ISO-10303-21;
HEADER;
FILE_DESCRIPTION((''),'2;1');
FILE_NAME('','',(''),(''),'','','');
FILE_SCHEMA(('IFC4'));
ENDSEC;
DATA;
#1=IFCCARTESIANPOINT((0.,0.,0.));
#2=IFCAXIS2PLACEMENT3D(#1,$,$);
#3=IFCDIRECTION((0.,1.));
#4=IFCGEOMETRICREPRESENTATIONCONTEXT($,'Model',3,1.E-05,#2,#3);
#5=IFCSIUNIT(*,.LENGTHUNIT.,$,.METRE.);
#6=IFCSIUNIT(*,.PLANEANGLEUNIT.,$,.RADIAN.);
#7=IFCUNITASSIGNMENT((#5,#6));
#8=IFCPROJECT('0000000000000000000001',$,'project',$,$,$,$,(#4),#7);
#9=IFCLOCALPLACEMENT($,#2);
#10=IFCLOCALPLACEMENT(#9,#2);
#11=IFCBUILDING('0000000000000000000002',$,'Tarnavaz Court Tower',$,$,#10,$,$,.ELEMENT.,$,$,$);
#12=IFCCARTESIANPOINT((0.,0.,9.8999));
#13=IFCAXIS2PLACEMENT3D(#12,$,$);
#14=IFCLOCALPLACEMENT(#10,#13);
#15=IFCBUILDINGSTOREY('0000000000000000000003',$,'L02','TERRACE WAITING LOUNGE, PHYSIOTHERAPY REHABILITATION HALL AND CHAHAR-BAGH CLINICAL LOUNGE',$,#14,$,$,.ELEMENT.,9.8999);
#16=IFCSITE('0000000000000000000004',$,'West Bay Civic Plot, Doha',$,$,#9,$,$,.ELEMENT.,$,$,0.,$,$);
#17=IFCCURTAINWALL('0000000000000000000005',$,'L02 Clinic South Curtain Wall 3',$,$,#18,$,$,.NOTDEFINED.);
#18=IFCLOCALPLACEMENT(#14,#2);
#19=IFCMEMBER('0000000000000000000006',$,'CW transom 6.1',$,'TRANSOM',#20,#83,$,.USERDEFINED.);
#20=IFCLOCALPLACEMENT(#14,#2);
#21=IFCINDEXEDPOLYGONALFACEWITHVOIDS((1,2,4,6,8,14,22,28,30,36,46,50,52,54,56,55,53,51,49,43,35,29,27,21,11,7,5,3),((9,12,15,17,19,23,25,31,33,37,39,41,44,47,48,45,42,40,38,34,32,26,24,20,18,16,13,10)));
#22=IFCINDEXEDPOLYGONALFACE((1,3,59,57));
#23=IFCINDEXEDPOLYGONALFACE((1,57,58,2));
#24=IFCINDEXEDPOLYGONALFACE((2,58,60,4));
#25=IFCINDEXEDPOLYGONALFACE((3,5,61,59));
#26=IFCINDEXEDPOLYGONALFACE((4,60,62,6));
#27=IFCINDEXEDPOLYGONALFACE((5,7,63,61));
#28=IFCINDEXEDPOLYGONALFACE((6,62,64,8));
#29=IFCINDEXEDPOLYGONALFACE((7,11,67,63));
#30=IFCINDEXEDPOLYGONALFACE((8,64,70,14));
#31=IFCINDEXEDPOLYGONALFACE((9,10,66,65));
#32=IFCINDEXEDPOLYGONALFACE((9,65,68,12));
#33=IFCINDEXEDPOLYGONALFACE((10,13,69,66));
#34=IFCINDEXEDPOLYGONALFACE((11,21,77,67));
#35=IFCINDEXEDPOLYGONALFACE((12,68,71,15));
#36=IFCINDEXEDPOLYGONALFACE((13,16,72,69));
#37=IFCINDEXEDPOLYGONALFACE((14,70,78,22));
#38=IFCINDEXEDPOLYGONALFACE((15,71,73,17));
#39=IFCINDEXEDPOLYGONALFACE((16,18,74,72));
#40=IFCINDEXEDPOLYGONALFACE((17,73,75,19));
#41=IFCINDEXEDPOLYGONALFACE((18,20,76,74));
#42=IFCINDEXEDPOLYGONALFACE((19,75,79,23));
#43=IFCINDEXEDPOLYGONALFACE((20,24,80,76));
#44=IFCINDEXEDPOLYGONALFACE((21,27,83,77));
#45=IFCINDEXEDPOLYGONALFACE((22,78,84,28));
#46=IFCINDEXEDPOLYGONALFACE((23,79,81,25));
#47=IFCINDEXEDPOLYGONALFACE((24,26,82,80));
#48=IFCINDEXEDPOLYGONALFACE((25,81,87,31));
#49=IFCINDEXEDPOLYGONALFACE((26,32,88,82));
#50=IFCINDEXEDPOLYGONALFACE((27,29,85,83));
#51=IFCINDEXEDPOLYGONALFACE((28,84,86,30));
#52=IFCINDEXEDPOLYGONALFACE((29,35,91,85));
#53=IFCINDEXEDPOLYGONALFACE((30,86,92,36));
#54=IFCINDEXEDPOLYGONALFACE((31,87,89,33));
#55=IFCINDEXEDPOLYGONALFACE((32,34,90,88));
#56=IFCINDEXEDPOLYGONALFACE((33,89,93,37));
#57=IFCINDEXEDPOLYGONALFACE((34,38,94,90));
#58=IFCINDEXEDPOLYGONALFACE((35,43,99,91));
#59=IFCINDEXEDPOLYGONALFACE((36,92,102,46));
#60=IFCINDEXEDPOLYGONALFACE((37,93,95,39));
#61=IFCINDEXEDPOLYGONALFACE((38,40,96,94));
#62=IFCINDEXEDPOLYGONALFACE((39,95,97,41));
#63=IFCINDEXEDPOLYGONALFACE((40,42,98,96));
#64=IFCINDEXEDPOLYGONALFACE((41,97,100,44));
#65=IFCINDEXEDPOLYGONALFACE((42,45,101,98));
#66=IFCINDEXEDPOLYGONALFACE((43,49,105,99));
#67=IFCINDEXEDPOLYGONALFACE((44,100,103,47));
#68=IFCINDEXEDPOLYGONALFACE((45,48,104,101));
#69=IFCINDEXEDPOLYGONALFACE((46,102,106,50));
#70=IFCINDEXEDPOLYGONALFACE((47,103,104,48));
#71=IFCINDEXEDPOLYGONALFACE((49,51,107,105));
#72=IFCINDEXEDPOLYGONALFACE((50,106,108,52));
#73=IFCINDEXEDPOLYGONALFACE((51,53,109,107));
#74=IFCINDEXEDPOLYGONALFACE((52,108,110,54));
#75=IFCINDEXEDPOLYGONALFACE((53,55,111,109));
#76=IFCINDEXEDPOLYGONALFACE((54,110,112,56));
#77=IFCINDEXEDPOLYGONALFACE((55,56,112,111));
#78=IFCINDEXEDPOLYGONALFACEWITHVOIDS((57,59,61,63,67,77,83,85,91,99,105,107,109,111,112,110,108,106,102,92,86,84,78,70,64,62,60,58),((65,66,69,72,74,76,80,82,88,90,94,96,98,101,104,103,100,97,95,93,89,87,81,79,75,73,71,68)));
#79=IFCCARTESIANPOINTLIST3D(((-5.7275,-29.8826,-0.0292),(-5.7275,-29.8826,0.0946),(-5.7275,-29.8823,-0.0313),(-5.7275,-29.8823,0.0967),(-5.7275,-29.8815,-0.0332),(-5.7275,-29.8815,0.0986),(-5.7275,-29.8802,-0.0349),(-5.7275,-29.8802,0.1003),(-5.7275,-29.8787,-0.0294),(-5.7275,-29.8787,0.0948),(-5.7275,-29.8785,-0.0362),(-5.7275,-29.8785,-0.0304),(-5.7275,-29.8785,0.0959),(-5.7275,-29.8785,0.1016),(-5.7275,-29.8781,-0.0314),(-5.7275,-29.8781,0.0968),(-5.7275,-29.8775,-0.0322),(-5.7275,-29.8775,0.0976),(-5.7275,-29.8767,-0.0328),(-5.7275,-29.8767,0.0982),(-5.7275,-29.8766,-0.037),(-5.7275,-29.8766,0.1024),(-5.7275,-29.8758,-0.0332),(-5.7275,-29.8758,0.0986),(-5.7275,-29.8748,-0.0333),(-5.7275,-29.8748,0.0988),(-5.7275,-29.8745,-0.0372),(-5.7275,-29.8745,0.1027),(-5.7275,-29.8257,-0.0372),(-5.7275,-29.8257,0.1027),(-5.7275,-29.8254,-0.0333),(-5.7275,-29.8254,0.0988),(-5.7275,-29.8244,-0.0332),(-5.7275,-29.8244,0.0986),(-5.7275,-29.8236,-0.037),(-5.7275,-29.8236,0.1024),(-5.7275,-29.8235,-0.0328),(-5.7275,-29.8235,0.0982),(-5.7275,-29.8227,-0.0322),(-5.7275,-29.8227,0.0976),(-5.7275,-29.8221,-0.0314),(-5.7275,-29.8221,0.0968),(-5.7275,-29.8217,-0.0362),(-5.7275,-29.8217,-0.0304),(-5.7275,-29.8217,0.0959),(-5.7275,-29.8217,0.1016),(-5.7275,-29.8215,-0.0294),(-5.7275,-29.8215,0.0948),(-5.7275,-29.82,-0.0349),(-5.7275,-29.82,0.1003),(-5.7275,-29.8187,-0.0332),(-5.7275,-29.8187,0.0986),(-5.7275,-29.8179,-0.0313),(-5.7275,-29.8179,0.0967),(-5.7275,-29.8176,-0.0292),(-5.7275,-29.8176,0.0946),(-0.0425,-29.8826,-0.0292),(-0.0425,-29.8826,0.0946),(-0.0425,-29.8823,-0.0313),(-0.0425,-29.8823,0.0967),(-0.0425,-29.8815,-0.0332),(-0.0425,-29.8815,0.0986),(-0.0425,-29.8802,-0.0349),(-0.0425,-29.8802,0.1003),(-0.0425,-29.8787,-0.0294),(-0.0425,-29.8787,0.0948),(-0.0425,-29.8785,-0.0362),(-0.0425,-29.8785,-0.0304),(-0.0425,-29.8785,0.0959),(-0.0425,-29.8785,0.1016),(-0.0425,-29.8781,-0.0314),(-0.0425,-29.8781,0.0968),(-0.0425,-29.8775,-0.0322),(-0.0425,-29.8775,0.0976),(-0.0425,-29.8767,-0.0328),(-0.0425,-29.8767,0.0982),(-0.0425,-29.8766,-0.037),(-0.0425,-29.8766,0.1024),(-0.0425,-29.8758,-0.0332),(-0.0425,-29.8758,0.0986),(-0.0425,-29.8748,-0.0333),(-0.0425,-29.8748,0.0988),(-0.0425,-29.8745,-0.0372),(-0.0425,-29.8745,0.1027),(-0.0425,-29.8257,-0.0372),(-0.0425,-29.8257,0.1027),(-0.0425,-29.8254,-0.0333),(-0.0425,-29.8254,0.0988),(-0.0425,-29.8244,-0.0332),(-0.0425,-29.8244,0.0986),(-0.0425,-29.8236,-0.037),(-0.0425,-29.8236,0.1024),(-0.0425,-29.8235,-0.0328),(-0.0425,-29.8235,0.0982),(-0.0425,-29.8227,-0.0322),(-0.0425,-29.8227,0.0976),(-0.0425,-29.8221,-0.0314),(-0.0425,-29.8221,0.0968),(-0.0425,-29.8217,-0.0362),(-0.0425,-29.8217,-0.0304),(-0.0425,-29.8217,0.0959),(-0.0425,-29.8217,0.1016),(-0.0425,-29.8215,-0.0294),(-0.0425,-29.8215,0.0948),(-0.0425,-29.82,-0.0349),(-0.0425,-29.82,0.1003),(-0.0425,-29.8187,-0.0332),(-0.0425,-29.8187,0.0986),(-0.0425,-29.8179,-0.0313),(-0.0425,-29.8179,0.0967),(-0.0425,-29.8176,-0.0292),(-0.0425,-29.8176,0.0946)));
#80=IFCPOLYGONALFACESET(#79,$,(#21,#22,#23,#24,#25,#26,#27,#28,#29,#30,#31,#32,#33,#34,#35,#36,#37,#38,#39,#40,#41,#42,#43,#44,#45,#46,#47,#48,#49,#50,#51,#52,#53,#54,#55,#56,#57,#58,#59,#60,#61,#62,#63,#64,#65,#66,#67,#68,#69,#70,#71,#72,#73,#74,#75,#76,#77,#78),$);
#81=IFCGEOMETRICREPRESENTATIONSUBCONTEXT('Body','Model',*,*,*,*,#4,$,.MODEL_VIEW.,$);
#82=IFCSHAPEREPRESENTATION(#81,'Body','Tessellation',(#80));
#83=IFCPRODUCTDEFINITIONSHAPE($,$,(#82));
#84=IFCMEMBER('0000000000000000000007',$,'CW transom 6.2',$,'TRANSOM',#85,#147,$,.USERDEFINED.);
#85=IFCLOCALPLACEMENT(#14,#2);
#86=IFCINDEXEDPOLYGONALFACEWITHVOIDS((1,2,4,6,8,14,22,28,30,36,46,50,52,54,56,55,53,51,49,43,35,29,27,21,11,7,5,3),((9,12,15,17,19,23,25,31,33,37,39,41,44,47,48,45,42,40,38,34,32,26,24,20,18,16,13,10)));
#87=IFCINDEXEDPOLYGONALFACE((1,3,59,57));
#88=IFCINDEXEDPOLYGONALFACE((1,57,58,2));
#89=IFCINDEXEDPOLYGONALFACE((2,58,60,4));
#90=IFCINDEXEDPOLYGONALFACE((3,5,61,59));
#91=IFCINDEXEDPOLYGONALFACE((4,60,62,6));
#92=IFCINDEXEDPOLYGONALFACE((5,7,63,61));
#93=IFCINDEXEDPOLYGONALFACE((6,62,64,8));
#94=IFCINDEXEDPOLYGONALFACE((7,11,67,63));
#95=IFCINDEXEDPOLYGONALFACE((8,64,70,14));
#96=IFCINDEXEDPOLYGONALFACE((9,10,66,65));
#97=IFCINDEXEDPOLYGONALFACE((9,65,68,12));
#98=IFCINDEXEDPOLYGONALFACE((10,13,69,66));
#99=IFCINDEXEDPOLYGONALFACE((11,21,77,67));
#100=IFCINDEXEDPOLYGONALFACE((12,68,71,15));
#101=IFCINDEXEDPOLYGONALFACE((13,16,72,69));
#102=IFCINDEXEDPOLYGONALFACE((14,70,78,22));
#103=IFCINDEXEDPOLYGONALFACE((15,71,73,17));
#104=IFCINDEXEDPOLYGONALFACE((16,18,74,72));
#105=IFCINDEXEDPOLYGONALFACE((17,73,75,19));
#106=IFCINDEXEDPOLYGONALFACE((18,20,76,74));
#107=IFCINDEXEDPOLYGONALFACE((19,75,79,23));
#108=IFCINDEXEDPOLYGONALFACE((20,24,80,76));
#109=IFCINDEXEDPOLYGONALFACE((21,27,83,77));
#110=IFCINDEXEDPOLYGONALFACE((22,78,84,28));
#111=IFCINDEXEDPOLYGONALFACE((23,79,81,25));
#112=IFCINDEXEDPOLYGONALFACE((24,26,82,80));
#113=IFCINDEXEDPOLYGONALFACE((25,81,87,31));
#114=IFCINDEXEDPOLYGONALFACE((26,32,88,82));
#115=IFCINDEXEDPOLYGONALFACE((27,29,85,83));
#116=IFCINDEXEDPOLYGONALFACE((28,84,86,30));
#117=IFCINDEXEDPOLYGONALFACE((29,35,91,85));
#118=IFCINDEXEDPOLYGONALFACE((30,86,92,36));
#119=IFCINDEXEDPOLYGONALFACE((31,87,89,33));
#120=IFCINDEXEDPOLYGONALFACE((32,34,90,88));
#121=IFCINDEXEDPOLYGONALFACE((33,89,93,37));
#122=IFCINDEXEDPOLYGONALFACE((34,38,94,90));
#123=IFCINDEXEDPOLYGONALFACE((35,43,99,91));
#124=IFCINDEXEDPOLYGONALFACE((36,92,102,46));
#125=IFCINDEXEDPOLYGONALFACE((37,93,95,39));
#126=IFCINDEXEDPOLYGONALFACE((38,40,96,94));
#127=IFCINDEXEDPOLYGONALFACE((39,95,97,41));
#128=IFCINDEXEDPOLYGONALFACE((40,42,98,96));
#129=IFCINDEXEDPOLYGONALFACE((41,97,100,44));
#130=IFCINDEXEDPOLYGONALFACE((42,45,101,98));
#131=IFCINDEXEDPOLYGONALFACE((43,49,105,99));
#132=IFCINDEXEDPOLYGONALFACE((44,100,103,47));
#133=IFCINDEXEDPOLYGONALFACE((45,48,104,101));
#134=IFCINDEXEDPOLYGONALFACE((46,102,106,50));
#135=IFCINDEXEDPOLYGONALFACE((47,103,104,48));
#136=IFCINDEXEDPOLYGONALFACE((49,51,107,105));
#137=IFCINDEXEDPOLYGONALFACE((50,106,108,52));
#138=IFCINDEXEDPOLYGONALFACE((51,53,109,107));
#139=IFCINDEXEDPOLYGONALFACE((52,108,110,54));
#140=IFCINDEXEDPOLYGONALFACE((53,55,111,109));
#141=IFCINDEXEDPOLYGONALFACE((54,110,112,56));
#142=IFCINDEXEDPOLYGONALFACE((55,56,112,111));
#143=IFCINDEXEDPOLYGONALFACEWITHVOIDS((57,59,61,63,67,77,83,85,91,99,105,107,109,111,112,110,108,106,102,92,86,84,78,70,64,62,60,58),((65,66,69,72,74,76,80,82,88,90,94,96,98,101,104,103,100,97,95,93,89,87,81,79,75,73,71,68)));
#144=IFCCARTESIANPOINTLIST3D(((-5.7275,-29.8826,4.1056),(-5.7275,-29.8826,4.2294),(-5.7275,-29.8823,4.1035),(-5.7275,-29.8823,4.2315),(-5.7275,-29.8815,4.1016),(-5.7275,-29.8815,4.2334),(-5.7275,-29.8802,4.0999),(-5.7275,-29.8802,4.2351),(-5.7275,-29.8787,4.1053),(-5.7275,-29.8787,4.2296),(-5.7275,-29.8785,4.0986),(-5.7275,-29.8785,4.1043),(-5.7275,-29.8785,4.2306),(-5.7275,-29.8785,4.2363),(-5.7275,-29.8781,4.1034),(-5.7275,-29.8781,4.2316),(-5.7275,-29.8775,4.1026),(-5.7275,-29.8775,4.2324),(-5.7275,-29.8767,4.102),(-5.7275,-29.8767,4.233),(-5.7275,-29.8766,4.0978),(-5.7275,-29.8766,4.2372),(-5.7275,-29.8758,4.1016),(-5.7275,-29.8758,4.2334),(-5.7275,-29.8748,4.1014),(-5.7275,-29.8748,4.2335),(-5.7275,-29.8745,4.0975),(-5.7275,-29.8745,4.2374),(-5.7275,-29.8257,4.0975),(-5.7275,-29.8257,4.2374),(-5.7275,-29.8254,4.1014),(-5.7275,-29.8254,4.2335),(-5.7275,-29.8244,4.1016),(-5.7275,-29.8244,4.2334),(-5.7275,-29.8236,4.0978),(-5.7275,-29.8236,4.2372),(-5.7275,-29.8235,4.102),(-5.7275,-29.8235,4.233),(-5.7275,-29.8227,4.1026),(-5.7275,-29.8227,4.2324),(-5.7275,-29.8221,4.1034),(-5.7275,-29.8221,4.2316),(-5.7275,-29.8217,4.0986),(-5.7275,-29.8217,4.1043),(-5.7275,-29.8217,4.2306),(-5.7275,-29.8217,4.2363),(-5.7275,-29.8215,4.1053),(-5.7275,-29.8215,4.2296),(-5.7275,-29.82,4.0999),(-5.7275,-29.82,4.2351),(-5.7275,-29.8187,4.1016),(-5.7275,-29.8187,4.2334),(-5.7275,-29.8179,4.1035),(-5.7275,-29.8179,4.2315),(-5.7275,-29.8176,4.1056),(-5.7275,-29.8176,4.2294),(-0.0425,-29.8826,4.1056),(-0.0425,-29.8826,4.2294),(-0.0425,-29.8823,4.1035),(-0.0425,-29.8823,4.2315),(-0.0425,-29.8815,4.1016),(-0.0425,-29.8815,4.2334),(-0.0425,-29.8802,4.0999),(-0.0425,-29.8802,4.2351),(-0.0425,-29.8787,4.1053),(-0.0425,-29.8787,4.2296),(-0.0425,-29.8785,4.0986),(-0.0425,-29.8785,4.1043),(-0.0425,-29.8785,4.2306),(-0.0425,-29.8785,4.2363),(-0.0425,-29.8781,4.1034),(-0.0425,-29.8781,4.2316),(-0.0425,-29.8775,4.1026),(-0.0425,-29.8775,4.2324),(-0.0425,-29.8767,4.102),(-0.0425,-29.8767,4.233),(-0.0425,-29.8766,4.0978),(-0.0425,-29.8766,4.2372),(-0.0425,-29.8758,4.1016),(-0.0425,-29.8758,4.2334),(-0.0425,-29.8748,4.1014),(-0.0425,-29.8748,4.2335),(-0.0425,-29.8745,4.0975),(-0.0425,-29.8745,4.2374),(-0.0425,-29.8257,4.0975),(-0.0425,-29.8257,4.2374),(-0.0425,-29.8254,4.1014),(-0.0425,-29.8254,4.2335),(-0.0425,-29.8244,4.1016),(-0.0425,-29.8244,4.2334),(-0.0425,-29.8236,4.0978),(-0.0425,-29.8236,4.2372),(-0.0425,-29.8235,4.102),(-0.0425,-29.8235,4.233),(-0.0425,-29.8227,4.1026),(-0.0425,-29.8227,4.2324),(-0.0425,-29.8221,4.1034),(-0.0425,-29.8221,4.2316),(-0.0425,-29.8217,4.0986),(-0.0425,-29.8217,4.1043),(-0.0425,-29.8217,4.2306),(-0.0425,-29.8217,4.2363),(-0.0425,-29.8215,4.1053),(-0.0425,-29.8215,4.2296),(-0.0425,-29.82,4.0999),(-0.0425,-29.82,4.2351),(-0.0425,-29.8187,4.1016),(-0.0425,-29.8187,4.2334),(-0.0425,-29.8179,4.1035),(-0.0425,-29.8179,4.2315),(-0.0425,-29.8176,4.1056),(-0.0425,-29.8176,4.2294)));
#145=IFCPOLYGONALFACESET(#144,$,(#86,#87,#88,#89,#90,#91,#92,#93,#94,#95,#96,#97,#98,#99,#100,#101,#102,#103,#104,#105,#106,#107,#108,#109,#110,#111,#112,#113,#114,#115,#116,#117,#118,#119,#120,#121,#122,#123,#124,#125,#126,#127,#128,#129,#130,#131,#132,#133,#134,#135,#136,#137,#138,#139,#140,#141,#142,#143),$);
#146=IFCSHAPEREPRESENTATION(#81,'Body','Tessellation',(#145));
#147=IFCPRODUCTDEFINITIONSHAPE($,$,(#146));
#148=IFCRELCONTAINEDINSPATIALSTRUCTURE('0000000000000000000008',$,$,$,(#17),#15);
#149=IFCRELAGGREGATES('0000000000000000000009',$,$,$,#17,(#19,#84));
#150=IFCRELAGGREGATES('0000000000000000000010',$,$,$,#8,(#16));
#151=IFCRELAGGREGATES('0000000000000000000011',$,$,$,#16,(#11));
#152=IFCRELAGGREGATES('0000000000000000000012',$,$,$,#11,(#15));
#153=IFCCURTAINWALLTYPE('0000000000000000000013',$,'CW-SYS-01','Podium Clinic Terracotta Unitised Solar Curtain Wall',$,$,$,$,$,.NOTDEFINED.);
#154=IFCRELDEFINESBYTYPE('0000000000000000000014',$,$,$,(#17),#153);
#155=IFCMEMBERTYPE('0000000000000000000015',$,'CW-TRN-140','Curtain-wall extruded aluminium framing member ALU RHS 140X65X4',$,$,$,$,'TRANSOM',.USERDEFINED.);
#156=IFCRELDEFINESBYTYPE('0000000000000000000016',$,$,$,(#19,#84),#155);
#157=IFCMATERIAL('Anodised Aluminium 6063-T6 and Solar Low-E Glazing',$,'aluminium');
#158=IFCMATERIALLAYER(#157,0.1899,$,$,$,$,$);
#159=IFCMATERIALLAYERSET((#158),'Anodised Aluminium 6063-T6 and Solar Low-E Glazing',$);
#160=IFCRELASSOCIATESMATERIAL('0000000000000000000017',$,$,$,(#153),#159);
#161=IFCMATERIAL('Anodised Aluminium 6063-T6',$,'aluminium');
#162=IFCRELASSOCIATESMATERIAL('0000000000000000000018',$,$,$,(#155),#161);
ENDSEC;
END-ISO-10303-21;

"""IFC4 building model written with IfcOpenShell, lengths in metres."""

from ifc_helpers import new_model, si_unit, direction, frame, origin, origin_2d, place, context, subcontext, project, spatial, hollow_rectangle, extrude, material, layer, layer_set, material_profile, profile_set, type_object, element, aggregate, save


model = new_model("IFC4")

# Units and contexts
model_context = context("Model", 3, precision=1e-05, world=origin(), true_north=direction((0.0, 1.0)))
body_context = subcontext(model_context, "Body", "Model", "MODEL_VIEW")
ifc_project = project(units=[si_unit("LENGTHUNIT", "METRE"), si_unit("PLANEANGLEUNIT", "RADIAN")], contexts=[model_context])

# Site, building, storey
site_placement = place(None, origin())
site = spatial("IfcSite", under=ifc_project, at=site_placement, Name="West Bay Civic Plot, Doha", CompositionType="ELEMENT", RefElevation=0.0)
building_placement = place(site_placement, origin())
building = spatial("IfcBuilding", under=site, at=building_placement, Name="Tarnavaz Court Tower", CompositionType="ELEMENT")
storey_placement = place(building_placement, frame((0.0, 0.0, 9.8999)))
storey = spatial("IfcBuildingStorey", under=building, at=storey_placement, Name="L02", Description="TERRACE WAITING LOUNGE, PHYSIOTHERAPY REHABILITATION HALL AND CHAHAR-BAGH CLINICAL LOUNGE", CompositionType="ELEMENT", Elevation=9.8999)

# Curtain wall, members
ifc_material_1 = material(Name="Anodised Aluminium 6063-T6 and Solar Low-E Glazing", Category="aluminium")
ifc_layer_1 = layer(ifc_material_1, 0.1899)
ifc_layer_set_1 = layer_set([ifc_layer_1], Name="Anodised Aluminium 6063-T6 and Solar Low-E Glazing")
curtain_wall_type = type_object("IfcCurtainWallType", Name="CW-SYS-01", Description="Podium Clinic Terracotta Unitised Solar Curtain Wall", PredefinedType="NOTDEFINED", material=ifc_layer_set_1)
curtain_wall_placement = place(storey_placement, origin())
curtain_wall = element("IfcCurtainWall", 1, at=curtain_wall_placement, inside=storey, type_object=curtain_wall_type, Name="L02 Clinic South Curtain Wall 3", PredefinedType="NOTDEFINED")
ifc_material_2 = material(Name="Anodised Aluminium 6063-T6", Category="aluminium")
ifc_material_profile_1 = material_profile(ifc_material_2, hollow_rectangle(XDim=0.0649, YDim=0.1399, WallThickness=0.0039, InnerFilletRadius=0.0039, OuterFilletRadius=0.0081, at=origin_2d()), Name="ALU RHS 140X65X4")
ifc_profile_set_1 = profile_set([ifc_material_profile_1], Name="Anodised Aluminium 6063-T6")
member_type_1 = type_object("IfcMemberType", Name="CW-TRN-140", Description="Curtain-wall extruded aluminium framing member ALU RHS 140X65X4", ElementType="TRANSOM", PredefinedType="USERDEFINED", material=ifc_profile_set_1)
member_1_placement = place(storey_placement, frame((-0.0425, -29.8501, 0.0327), z_axis=(-1.0, 0.0, 0.0), x_axis=(0.0, -1.0, 0.0)))
member_1 = element("IfcMember", 2, at=member_1_placement, type_object=member_type_1, Name="CW transom 6.1", ObjectType="TRANSOM", PredefinedType="USERDEFINED", context=body_context, shape_type="SweptSolid", body=[
    extrude(hollow_rectangle(XDim=0.0649, YDim=0.1399, WallThickness=0.0039, InnerFilletRadius=0.0039, OuterFilletRadius=0.0081, at=origin_2d()), origin(), (0.0, 0.0, 1.0), 5.6851),
])
member_2_placement = place(storey_placement, frame((-0.0425, -29.8501, 4.1675), z_axis=(-1.0, 0.0, 0.0), x_axis=(0.0, -1.0, 0.0)))
member_2 = element("IfcMember", 3, at=member_2_placement, type_object=member_type_1, Name="CW transom 6.2", ObjectType="TRANSOM", PredefinedType="USERDEFINED", context=body_context, shape_type="SweptSolid", body=[
    extrude(hollow_rectangle(XDim=0.0649, YDim=0.1399, WallThickness=0.0039, InnerFilletRadius=0.0039, OuterFilletRadius=0.0081, at=origin_2d()), origin(), (0.0, 0.0, 1.0), 5.6851),
])
aggregate(curtain_wall, [member_1, member_2])

save(model, "model.ifc")
